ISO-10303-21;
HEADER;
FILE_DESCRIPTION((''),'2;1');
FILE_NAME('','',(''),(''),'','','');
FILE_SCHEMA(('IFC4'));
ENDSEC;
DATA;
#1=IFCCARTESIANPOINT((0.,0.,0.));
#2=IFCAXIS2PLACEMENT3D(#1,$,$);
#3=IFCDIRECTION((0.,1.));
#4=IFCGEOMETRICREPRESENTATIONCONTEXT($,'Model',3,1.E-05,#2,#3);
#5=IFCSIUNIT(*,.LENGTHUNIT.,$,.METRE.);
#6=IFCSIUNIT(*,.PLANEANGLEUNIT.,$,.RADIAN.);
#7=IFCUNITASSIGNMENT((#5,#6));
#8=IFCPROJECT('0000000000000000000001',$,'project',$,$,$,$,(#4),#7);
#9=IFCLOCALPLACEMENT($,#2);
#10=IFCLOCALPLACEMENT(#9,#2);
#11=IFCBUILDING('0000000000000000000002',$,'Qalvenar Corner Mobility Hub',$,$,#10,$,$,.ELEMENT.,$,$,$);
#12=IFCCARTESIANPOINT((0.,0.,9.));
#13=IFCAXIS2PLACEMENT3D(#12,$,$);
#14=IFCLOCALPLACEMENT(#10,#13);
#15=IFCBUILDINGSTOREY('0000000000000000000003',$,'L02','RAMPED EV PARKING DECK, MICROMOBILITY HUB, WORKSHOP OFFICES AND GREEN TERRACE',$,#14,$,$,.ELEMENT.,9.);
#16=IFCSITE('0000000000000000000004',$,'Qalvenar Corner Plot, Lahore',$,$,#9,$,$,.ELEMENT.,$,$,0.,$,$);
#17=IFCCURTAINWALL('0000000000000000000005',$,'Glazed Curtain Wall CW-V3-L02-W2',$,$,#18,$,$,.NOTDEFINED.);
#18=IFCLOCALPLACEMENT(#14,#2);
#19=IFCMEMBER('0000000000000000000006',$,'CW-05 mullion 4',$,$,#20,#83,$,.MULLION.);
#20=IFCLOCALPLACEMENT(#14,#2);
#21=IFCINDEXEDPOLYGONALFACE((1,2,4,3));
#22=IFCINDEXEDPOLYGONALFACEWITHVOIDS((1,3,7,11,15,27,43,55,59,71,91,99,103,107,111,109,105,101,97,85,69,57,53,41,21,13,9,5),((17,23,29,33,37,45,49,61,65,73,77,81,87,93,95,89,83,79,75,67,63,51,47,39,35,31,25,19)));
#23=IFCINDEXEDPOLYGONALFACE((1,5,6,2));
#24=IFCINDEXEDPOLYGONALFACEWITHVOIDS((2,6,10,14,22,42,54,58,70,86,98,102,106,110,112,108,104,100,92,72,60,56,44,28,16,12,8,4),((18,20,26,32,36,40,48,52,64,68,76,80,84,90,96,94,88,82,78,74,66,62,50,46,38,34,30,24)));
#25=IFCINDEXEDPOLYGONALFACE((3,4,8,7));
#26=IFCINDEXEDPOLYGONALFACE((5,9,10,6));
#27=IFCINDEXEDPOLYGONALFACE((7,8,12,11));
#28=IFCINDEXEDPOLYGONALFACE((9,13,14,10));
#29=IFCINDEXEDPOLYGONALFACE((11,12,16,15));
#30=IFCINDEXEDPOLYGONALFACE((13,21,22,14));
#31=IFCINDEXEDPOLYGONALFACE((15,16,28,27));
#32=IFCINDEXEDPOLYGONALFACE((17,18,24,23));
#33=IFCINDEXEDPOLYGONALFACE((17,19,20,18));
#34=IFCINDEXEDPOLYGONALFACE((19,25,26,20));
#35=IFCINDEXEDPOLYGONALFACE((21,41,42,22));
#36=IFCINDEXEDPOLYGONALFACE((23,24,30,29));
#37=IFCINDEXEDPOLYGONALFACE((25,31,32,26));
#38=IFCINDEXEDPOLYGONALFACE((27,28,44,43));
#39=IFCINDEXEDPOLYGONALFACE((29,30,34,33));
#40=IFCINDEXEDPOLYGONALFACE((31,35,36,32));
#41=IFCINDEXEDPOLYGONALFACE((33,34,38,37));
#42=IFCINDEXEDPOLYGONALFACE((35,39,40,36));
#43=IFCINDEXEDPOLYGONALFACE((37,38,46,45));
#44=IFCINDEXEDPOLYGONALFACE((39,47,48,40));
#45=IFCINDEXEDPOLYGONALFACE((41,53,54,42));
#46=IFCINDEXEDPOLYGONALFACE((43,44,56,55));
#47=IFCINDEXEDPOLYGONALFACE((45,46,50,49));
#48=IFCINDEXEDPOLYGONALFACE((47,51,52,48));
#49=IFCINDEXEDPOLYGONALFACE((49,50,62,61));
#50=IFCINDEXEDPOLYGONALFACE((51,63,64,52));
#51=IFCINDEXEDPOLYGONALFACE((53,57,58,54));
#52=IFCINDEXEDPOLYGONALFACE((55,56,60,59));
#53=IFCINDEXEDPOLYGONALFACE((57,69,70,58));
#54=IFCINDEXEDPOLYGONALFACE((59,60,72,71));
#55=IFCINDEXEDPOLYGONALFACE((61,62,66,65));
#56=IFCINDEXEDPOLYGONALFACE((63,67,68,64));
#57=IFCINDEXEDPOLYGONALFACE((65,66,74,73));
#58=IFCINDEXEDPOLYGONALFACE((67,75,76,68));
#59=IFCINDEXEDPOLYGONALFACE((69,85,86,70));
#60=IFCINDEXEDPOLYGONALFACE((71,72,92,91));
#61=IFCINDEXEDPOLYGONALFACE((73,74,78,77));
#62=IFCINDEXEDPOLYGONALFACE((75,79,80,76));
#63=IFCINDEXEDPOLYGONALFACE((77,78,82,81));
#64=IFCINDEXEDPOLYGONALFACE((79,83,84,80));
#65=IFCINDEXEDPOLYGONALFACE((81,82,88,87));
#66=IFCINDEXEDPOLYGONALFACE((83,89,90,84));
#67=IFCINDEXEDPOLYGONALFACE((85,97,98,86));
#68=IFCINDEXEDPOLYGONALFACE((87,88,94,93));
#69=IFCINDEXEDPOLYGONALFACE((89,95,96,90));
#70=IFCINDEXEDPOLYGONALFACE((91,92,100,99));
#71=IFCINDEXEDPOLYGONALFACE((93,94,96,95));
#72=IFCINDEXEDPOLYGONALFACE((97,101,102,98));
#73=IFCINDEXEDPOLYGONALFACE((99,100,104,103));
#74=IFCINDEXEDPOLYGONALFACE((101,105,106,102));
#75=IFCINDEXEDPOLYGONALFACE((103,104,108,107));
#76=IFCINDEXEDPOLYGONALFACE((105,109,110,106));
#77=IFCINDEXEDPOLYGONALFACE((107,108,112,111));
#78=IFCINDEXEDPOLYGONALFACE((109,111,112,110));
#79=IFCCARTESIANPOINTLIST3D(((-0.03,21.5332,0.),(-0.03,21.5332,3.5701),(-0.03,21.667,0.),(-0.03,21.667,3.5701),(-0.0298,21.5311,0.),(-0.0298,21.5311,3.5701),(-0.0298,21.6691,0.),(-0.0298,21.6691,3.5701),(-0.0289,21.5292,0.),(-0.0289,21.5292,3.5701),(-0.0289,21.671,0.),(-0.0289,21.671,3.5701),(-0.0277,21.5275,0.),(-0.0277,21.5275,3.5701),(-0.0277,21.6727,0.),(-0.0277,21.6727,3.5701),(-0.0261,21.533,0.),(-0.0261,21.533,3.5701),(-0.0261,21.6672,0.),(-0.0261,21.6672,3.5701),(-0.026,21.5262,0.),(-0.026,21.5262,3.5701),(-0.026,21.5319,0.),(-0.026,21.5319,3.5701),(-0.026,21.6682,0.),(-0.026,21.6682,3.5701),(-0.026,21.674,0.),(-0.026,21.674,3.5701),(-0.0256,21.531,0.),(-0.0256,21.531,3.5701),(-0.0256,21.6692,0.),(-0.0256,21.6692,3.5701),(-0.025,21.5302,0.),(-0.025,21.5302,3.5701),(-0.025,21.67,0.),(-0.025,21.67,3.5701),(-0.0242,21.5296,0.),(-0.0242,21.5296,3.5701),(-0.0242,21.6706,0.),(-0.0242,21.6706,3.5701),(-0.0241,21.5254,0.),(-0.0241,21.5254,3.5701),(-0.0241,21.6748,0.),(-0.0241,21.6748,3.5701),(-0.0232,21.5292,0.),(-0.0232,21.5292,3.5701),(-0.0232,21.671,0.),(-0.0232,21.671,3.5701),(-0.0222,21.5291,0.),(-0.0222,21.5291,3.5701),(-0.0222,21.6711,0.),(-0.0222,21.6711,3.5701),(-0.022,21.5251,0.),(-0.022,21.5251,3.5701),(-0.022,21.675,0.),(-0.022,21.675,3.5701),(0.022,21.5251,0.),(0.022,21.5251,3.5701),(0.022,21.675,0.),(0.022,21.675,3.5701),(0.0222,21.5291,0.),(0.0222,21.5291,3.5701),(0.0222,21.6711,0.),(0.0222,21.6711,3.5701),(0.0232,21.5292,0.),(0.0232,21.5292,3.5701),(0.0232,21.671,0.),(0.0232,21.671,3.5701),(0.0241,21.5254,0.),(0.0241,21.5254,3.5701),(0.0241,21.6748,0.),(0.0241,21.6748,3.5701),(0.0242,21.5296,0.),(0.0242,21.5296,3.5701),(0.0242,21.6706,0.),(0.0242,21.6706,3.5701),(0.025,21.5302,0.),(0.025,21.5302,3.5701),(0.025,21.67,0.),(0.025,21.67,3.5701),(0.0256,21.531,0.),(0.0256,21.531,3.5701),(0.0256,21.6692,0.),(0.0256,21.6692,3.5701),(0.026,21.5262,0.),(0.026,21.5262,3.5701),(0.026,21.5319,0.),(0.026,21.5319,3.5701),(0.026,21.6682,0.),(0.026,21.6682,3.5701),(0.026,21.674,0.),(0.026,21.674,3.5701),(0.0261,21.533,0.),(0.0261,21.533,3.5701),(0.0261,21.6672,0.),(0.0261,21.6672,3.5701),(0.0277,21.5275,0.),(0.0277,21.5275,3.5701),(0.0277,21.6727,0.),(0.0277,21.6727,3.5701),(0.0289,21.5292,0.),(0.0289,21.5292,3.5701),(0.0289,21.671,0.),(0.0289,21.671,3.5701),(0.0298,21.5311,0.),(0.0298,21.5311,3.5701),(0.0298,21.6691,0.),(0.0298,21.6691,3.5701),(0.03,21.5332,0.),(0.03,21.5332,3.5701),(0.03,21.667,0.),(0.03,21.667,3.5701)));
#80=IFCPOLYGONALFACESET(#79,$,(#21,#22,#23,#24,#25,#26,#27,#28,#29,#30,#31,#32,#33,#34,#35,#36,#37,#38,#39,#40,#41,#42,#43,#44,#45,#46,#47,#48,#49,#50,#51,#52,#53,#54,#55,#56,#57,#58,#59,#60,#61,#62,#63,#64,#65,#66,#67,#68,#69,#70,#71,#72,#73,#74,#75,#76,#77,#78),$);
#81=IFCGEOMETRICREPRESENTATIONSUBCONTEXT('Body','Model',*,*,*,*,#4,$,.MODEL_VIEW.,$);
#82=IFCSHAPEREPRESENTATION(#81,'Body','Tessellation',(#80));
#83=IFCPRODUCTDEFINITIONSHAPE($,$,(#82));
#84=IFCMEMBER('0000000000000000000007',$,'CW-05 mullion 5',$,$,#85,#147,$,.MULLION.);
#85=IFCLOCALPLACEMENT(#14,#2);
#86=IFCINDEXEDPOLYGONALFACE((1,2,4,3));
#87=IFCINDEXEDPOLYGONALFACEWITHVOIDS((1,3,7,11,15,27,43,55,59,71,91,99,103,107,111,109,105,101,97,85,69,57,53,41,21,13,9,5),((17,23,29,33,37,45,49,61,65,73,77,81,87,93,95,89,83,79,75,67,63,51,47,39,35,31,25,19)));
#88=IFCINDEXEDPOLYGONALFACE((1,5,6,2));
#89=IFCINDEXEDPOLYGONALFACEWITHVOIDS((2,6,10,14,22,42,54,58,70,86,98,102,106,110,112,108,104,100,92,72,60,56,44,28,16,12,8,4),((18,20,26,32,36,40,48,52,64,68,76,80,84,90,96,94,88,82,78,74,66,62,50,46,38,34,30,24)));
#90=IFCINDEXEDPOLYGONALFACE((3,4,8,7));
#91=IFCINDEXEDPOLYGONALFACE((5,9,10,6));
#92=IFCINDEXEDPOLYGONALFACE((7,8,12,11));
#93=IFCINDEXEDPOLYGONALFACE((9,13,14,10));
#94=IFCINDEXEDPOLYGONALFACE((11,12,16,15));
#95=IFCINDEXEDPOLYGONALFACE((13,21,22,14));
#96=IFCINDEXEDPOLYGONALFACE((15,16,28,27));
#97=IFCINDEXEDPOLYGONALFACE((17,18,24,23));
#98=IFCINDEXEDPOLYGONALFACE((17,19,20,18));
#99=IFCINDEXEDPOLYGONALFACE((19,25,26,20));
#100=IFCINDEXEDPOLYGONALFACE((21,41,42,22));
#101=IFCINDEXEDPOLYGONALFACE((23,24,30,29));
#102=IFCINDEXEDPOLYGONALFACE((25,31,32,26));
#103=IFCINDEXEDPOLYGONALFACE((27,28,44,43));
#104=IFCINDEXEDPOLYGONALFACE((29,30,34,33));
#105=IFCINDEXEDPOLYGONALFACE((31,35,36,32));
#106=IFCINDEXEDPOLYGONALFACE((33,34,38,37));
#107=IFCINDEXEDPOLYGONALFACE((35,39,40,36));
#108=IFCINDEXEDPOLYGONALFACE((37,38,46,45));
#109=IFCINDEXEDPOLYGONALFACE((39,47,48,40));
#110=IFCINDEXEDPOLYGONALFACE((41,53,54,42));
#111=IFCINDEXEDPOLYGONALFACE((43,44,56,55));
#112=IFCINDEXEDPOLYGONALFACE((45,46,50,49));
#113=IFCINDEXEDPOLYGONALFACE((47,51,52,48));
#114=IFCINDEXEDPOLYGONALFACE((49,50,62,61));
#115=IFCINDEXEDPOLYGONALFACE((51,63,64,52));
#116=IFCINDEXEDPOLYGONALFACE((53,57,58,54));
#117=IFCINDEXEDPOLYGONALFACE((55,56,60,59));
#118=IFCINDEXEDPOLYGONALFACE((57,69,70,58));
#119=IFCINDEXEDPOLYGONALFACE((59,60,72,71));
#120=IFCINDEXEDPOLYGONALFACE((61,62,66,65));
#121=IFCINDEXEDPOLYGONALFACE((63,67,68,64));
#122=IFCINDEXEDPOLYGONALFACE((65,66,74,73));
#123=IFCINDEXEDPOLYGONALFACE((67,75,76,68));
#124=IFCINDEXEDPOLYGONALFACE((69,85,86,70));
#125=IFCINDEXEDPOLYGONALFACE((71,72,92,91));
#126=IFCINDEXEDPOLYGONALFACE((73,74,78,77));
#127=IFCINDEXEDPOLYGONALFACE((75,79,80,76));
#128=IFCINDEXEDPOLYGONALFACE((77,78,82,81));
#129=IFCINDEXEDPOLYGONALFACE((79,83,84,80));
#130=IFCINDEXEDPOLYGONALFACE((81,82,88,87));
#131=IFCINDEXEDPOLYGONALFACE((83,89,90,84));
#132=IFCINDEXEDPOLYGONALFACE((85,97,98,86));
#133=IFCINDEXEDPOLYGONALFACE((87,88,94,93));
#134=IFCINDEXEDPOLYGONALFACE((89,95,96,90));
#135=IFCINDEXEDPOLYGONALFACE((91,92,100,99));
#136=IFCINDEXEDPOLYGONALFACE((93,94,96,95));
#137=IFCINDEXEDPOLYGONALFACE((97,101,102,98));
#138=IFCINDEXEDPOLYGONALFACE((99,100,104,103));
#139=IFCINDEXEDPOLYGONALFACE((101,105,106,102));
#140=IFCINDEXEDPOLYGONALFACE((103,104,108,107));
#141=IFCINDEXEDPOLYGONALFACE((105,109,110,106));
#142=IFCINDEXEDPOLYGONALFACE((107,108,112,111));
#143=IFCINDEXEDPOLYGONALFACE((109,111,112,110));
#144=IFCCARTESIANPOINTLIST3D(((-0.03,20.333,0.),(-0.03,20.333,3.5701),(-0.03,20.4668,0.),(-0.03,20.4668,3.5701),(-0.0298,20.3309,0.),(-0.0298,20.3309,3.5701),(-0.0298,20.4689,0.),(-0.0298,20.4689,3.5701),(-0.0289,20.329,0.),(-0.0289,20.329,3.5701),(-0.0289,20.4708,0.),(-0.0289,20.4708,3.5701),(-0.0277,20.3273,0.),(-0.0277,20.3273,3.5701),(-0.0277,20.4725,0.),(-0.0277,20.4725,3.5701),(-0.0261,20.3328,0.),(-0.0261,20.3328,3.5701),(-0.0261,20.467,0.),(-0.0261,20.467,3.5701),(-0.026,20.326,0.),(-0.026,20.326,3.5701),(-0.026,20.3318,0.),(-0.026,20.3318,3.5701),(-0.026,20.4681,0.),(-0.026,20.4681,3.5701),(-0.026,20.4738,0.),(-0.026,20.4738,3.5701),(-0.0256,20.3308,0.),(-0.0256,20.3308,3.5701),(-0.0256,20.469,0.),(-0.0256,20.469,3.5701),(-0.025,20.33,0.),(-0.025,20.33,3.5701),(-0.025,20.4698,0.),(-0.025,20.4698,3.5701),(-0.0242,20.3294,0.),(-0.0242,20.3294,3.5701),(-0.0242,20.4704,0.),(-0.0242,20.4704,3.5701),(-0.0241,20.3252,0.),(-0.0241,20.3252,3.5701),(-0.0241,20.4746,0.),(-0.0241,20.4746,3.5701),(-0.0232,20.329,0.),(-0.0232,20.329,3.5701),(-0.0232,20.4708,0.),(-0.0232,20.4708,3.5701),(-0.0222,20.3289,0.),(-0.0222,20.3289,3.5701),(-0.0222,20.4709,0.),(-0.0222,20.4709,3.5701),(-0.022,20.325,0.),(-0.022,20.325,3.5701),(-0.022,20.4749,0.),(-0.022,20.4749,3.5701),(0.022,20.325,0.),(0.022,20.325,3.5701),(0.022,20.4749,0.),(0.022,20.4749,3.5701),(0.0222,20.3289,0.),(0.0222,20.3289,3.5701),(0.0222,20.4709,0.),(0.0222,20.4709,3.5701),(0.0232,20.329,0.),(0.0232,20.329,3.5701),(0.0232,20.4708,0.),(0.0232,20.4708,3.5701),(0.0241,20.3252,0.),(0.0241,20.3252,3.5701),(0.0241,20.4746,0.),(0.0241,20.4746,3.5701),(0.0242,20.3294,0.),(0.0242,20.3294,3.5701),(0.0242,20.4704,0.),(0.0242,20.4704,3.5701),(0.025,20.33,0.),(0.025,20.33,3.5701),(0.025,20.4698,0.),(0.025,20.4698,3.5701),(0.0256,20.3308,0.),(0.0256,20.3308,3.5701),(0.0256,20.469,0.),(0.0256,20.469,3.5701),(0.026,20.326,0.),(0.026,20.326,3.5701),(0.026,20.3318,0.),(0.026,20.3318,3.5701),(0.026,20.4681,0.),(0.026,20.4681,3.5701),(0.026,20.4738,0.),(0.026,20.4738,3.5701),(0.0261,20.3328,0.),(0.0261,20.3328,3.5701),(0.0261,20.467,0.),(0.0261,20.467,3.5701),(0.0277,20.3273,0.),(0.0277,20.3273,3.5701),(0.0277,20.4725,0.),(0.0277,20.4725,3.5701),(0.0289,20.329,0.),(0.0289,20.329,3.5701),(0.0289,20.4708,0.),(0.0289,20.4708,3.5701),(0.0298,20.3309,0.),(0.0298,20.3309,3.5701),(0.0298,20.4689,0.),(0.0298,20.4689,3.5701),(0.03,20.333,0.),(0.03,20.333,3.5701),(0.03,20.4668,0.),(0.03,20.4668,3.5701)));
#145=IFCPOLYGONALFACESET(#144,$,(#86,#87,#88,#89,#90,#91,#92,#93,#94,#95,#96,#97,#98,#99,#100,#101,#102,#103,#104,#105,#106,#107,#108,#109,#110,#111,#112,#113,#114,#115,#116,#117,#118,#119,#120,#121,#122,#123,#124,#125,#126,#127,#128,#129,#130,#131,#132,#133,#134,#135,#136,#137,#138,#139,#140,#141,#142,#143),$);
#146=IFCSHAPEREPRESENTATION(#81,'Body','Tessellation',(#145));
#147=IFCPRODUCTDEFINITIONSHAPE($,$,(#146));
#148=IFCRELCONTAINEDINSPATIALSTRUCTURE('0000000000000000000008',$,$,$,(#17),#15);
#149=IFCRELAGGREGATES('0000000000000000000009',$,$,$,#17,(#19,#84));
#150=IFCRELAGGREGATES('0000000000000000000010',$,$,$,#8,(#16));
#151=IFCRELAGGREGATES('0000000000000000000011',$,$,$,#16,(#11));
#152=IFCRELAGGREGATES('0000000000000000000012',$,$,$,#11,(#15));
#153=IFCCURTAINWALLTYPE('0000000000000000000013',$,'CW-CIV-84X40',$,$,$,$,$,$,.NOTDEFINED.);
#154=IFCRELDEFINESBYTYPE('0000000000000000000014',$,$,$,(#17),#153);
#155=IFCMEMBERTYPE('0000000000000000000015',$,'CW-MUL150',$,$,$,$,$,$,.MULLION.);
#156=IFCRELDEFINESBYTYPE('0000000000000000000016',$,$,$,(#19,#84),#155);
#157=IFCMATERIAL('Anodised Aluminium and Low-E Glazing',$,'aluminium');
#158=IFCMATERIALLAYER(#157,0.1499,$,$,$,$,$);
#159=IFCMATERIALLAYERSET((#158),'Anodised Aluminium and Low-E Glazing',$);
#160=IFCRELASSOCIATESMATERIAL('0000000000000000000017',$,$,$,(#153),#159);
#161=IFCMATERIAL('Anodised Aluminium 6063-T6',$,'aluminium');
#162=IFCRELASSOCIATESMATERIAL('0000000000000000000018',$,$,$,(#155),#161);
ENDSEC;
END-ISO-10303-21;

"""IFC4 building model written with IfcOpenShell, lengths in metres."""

from ifc_helpers import new_model, si_unit, direction, frame, origin, origin_2d, place, context, subcontext, project, spatial, hollow_rectangle, extrude, material, layer, layer_set, material_profile, profile_set, type_object, element, aggregate, save


model = new_model("IFC4")

# Units and contexts
model_context = context("Model", 3, precision=1e-05, world=origin(), true_north=direction((0.0, 1.0)))
body_context = subcontext(model_context, "Body", "Model", "MODEL_VIEW")
ifc_project = project(units=[si_unit("LENGTHUNIT", "METRE"), si_unit("PLANEANGLEUNIT", "RADIAN")], contexts=[model_context])

# Site, building, storey
site_placement = place(None, origin())
site = spatial("IfcSite", under=ifc_project, at=site_placement, Name="Qalvenar Corner Plot, Lahore", CompositionType="ELEMENT", RefElevation=0.0)
building_placement = place(site_placement, origin())
building = spatial("IfcBuilding", under=site, at=building_placement, Name="Qalvenar Corner Mobility Hub", CompositionType="ELEMENT")
storey_placement = place(building_placement, frame((0.0, 0.0, 9.0)))
storey = spatial("IfcBuildingStorey", under=building, at=storey_placement, Name="L02", Description="RAMPED EV PARKING DECK, MICROMOBILITY HUB, WORKSHOP OFFICES AND GREEN TERRACE", CompositionType="ELEMENT", Elevation=9.0)

# Curtain wall, members
ifc_material_1 = material(Name="Anodised Aluminium and Low-E Glazing", Category="aluminium")
ifc_layer_1 = layer(ifc_material_1, 0.1499)
ifc_layer_set_1 = layer_set([ifc_layer_1], Name="Anodised Aluminium and Low-E Glazing")
curtain_wall_type = type_object("IfcCurtainWallType", Name="CW-CIV-84X40", PredefinedType="NOTDEFINED", material=ifc_layer_set_1)
curtain_wall_placement = place(storey_placement, origin())
curtain_wall = element("IfcCurtainWall", 1, at=curtain_wall_placement, inside=storey, type_object=curtain_wall_type, Name="Glazed Curtain Wall CW-V3-L02-W2", PredefinedType="NOTDEFINED")
ifc_material_2 = material(Name="Anodised Aluminium 6063-T6", Category="aluminium")
ifc_material_profile_1 = material_profile(ifc_material_2, hollow_rectangle(XDim=0.0601, YDim=0.1499, WallThickness=0.0039, InnerFilletRadius=0.0039, OuterFilletRadius=0.0081, at=origin_2d()), Name="RHS150x60x4")
ifc_profile_set_1 = profile_set([ifc_material_profile_1], Name="Anodised Aluminium 6063-T6")
member_type_1 = type_object("IfcMemberType", Name="CW-MUL150", PredefinedType="MULLION", material=ifc_profile_set_1)
member_1_placement = place(storey_placement, frame((0.0, 21.6001, 0.0), z_axis=(0.0, 0.0, 1.0), x_axis=(1.0, 0.0, 0.0)))
member_1 = element("IfcMember", 2, at=member_1_placement, type_object=member_type_1, Name="CW-05 mullion 4", PredefinedType="MULLION", context=body_context, shape_type="SweptSolid", body=[
    extrude(hollow_rectangle(XDim=0.0601, YDim=0.1499, WallThickness=0.0039, InnerFilletRadius=0.0039, OuterFilletRadius=0.0081, at=origin_2d()), origin(), (0.0, 0.0, 1.0), 3.5701),
])
member_2_placement = place(storey_placement, frame((0.0, 20.3999, 0.0), z_axis=(0.0, 0.0, 1.0), x_axis=(1.0, 0.0, 0.0)))
member_2 = element("IfcMember", 3, at=member_2_placement, type_object=member_type_1, Name="CW-05 mullion 5", PredefinedType="MULLION", context=body_context, shape_type="SweptSolid", body=[
    extrude(hollow_rectangle(XDim=0.0601, YDim=0.1499, WallThickness=0.0039, InnerFilletRadius=0.0039, OuterFilletRadius=0.0081, at=origin_2d()), origin(), (0.0, 0.0, 1.0), 3.5701),
])
aggregate(curtain_wall, [member_1, member_2])

save(model, "model.ifc")
